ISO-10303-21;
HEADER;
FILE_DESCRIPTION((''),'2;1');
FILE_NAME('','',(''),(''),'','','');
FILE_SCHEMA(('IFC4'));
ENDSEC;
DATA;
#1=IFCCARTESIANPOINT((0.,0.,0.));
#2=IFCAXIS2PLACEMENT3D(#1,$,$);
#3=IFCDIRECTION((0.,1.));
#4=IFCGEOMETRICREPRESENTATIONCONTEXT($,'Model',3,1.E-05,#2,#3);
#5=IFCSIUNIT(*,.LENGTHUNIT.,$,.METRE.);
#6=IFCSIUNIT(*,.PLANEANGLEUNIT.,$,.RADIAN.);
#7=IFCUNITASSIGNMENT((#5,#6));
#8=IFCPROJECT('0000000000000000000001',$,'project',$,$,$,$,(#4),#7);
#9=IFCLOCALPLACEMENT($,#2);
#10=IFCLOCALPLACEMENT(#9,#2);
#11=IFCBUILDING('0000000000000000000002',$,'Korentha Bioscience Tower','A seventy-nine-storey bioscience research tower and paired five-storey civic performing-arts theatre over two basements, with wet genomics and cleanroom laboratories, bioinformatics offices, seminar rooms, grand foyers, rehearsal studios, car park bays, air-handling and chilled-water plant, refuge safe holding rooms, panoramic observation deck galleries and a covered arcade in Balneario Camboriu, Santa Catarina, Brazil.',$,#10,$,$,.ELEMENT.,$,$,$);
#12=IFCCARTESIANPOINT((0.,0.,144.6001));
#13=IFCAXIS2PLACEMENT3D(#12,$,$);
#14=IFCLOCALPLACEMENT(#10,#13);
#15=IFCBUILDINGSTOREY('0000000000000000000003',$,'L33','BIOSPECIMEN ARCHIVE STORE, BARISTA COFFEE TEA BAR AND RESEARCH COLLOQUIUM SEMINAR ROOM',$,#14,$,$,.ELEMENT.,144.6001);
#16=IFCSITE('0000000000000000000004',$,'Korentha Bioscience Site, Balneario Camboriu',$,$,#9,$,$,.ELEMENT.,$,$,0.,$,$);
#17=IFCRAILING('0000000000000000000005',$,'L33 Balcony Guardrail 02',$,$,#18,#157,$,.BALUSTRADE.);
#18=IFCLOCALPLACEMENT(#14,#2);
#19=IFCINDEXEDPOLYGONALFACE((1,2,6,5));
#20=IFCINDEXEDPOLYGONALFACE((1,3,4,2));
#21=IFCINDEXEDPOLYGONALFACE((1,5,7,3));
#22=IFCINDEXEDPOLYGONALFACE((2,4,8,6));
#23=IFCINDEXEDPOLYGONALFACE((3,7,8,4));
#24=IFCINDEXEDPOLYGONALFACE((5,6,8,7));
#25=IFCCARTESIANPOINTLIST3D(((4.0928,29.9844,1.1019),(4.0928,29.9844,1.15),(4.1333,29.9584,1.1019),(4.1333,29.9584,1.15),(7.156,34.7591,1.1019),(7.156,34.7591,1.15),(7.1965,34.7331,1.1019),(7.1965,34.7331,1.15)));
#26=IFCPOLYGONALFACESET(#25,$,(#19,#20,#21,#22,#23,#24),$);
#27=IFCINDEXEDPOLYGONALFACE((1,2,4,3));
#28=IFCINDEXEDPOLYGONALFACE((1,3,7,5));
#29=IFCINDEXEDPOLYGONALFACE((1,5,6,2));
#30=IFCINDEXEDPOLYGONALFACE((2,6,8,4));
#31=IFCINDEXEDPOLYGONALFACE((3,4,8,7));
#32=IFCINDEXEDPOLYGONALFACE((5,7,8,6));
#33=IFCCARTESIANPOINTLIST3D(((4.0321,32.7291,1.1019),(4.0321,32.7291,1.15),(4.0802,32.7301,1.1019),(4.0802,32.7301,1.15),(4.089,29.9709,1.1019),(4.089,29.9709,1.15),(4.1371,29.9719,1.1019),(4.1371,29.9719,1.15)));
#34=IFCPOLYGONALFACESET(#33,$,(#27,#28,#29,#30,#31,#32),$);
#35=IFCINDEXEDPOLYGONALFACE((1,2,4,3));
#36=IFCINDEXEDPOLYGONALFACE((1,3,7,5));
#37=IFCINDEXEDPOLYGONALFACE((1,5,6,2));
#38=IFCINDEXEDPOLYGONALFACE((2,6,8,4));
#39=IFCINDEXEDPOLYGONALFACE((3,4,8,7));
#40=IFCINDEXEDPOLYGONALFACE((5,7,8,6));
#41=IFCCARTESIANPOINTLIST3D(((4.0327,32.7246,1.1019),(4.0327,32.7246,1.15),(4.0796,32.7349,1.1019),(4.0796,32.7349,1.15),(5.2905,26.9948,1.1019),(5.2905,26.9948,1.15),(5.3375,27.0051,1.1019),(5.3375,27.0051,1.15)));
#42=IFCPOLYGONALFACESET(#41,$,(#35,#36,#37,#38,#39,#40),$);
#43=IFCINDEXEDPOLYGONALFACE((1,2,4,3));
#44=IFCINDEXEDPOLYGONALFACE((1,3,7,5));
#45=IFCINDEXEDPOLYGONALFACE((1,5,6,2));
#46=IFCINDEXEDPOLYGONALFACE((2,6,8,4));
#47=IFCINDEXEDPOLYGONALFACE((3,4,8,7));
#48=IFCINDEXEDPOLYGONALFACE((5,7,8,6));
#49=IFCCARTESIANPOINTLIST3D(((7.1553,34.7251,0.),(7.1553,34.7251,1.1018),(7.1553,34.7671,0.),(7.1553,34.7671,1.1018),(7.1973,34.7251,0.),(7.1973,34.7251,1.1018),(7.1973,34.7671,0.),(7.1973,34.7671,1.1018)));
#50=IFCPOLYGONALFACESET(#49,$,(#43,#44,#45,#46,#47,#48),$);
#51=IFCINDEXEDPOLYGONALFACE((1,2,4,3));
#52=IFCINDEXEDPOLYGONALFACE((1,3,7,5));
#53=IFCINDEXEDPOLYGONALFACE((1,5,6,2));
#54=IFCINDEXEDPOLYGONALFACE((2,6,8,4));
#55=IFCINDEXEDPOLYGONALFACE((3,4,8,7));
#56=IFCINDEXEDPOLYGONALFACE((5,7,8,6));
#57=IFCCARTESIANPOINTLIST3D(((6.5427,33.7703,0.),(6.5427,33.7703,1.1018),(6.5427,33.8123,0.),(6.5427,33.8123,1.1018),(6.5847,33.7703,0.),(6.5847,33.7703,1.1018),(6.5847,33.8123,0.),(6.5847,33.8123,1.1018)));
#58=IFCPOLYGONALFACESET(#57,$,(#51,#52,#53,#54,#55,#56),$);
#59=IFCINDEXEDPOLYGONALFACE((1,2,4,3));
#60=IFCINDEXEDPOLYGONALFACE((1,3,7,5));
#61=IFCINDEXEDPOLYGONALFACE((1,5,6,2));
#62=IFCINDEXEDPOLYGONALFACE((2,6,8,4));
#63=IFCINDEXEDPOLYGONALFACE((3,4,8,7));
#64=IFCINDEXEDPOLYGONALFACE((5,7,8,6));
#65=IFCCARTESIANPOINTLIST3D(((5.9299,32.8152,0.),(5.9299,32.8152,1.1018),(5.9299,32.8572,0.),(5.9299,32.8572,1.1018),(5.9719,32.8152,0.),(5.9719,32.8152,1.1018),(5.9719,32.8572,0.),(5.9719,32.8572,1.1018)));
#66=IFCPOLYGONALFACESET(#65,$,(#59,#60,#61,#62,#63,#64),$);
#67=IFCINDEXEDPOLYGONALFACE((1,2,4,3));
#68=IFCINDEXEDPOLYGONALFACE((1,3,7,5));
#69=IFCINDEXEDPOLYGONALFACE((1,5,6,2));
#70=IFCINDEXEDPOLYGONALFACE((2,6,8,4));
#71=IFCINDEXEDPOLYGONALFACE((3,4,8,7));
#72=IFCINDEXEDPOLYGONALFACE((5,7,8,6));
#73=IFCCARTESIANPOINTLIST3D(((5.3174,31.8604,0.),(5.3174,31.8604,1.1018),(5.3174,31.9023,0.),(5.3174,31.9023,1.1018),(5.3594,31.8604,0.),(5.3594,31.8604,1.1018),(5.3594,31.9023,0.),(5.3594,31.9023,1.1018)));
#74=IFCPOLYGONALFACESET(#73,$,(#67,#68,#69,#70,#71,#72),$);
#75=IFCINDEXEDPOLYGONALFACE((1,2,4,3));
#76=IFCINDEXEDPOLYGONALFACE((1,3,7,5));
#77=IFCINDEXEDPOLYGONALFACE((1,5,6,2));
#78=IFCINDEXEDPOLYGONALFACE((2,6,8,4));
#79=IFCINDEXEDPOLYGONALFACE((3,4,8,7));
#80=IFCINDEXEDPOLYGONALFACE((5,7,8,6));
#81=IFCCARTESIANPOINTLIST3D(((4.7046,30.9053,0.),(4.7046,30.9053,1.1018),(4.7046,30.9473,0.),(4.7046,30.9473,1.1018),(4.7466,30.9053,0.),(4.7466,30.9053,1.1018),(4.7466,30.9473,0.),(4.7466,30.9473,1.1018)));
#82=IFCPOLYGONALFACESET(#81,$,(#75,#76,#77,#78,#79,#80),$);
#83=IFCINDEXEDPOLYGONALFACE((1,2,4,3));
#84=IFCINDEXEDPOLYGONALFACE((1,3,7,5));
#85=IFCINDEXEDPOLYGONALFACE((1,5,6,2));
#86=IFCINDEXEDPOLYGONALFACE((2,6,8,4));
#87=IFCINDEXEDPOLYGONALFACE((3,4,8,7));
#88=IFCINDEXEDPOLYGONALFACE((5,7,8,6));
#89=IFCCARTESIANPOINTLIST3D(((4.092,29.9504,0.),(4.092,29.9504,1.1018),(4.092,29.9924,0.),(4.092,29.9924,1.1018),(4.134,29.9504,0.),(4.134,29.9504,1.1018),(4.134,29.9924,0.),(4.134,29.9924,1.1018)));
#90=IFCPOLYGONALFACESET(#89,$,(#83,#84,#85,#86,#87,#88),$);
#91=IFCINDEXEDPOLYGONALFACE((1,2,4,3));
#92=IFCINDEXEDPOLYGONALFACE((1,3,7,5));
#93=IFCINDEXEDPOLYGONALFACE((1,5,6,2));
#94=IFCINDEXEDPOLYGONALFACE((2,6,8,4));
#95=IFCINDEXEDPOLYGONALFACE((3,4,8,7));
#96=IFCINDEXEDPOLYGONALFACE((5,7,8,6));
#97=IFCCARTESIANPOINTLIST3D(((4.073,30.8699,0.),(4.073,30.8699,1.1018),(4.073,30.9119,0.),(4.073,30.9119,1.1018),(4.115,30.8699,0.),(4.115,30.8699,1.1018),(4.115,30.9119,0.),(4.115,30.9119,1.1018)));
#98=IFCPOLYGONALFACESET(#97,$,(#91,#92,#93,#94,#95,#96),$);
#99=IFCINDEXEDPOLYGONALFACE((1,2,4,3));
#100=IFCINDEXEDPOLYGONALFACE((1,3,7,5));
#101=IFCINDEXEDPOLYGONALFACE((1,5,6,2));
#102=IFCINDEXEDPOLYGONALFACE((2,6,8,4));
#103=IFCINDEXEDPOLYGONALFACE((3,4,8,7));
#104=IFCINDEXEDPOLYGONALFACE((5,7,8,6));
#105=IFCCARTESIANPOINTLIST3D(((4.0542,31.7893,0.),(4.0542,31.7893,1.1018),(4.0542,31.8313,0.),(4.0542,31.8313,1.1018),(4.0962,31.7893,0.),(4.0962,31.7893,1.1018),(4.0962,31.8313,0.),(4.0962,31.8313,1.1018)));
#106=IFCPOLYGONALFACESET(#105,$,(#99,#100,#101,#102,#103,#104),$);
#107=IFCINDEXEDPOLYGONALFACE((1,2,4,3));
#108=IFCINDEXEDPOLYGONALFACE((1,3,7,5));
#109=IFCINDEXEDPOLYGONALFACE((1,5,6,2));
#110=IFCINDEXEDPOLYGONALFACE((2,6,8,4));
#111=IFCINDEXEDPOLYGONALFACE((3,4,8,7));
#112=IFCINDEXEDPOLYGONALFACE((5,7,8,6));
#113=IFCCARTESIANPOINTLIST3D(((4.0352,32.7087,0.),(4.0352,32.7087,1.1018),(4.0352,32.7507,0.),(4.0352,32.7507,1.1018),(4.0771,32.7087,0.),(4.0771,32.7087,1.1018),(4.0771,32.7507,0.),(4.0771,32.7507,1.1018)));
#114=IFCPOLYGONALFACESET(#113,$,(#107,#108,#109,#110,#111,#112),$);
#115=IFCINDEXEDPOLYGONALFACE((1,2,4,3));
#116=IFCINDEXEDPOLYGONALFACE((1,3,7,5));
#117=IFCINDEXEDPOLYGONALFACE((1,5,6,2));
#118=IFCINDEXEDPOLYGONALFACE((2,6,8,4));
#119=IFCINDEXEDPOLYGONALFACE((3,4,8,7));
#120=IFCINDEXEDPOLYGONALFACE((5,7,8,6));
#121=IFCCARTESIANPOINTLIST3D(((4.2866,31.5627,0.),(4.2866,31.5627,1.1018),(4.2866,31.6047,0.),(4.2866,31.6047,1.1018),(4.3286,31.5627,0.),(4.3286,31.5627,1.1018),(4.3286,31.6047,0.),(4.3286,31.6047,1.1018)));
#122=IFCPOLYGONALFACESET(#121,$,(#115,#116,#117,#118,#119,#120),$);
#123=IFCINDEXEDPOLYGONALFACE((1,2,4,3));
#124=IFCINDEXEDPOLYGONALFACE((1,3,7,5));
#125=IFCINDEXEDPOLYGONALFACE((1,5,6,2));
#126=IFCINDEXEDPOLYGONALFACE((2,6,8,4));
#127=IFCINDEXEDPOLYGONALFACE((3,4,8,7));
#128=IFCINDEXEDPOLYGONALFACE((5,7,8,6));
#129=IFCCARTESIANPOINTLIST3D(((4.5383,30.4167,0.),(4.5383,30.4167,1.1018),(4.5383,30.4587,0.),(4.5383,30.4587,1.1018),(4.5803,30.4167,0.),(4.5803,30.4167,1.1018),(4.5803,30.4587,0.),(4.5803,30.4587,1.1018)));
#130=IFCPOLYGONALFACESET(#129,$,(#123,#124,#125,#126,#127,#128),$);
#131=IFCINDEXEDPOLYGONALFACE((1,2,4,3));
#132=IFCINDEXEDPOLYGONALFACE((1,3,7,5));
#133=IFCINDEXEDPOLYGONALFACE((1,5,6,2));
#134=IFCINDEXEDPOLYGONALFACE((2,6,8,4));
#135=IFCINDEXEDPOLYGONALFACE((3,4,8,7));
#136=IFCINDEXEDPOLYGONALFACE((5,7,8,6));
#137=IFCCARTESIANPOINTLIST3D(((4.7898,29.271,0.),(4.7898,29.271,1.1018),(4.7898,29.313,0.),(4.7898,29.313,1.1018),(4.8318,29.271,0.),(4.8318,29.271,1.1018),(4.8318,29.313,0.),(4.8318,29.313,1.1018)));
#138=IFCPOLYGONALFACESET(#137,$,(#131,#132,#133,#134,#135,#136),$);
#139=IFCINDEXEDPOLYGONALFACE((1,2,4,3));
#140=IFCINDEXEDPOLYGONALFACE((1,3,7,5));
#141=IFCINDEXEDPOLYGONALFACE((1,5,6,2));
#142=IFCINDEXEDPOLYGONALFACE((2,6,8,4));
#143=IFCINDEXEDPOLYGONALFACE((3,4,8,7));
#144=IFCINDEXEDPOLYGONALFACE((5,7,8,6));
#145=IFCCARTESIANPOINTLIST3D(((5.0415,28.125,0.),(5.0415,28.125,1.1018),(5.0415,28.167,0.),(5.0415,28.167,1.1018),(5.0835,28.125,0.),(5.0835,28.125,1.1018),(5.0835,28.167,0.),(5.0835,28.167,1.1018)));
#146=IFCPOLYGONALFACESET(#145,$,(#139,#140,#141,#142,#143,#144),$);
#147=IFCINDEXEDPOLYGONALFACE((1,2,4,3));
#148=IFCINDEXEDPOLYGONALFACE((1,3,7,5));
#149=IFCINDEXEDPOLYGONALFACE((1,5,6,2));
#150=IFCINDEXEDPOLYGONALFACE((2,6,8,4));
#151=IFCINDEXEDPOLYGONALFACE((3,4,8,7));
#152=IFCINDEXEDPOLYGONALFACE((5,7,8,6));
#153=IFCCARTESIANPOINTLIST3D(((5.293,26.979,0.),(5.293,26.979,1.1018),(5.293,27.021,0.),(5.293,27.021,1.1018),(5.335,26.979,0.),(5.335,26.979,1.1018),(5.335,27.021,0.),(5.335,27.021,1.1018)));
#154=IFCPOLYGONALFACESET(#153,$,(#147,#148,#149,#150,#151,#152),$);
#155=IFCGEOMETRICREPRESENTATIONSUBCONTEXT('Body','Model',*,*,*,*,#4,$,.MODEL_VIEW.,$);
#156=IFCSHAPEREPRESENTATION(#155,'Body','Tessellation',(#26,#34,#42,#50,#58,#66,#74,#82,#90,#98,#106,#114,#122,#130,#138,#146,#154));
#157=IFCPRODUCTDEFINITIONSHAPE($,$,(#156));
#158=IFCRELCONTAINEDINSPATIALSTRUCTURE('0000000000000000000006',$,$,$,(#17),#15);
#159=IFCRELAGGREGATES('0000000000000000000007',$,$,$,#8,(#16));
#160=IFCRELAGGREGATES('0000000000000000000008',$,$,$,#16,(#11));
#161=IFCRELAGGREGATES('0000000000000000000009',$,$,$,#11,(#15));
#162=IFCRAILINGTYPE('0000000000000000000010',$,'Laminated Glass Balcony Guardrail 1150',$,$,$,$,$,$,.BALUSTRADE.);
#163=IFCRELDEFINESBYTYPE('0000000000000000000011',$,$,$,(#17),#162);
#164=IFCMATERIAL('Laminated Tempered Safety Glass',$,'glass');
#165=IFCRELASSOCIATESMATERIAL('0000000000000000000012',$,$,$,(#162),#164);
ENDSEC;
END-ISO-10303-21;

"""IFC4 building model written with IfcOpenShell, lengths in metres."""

from ifc_helpers import new_model, si_unit, direction, frame, origin, origin_2d, place, context, subcontext, project, spatial, rectangle, extrude, material, type_object, element, save


model = new_model("IFC4")

# Units and contexts
model_context = context("Model", 3, precision=1e-05, world=origin(), true_north=direction((0.0, 1.0)))
body_context = subcontext(model_context, "Body", "Model", "MODEL_VIEW")
ifc_project = project(units=[si_unit("LENGTHUNIT", "METRE"), si_unit("PLANEANGLEUNIT", "RADIAN")], contexts=[model_context])

# Site, building, storey
site_placement = place(None, origin())
site = spatial("IfcSite", under=ifc_project, at=site_placement, Name="Korentha Bioscience Site, Balneario Camboriu", CompositionType="ELEMENT", RefElevation=0.0)
building_placement = place(site_placement, origin())
building = spatial("IfcBuilding", under=site, at=building_placement, Name="Korentha Bioscience Tower", Description="A seventy-nine-storey bioscience research tower and paired five-storey civic performing-arts theatre over two basements, with wet genomics and cleanroom laboratories, bioinformatics offices, seminar rooms, grand foyers, rehearsal studios, car park bays, air-handling and chilled-water plant, refuge safe holding rooms, panoramic observation deck galleries and a covered arcade in Balneario Camboriu, Santa Catarina, Brazil.", CompositionType="ELEMENT")
storey_placement = place(building_placement, frame((0.0, 0.0, 144.6001)))
storey = spatial("IfcBuildingStorey", under=building, at=storey_placement, Name="L33", Description="BIOSPECIMEN ARCHIVE STORE, BARISTA COFFEE TEA BAR AND RESEARCH COLLOQUIUM SEMINAR ROOM", CompositionType="ELEMENT", Elevation=144.6001)

# Railing
ifc_material_1 = material(Name="Laminated Tempered Safety Glass", Category="glass")
railing_type = type_object("IfcRailingType", Name="Laminated Glass Balcony Guardrail 1150", PredefinedType="BALUSTRADE", material=ifc_material_1)
railing_placement = place(storey_placement, frame((7.1763, 34.7461, 0.0)))
element("IfcRailing", 1, at=railing_placement, inside=storey, type_object=railing_type, Name="L33 Balcony Guardrail 02", PredefinedType="BALUSTRADE", context=body_context, shape_type="SweptSolid", body=[
    extrude(rectangle(XDim=0.0481, YDim=0.0481, at=origin_2d()), frame((0.0, 0.0, 1.126), z_axis=(-0.539985, -0.841675, 0.0), x_axis=(0.841675, -0.539985, 0.0)), (0.0, 0.0, 1.0), 5.6729),
    extrude(rectangle(XDim=0.0481, YDim=0.0481, at=origin_2d()), frame((-3.0632, -4.7747, 1.126), z_axis=(-0.020619, 0.999787, 0.0), x_axis=(-0.999787, -0.020619, 0.0)), (0.0, 0.0, 1.0), 2.7588),
    extrude(rectangle(XDim=0.0481, YDim=0.0481, at=origin_2d()), frame((-3.1201, -2.0164, 1.126), z_axis=(0.214418, -0.976742, 0.0), x_axis=(0.976742, 0.214418, 0.0)), (0.0, 0.0, 1.0), 5.8662),
    extrude(rectangle(XDim=0.042, YDim=0.042, at=origin_2d()), origin(), (0.0, 0.0, 1.0), 1.1018),
    extrude(rectangle(XDim=0.042, YDim=0.042, at=origin_2d()), frame((-0.6125, -0.9548, 0.0)), (0.0, 0.0, 1.0), 1.1018),
    extrude(rectangle(XDim=0.042, YDim=0.042, at=origin_2d()), frame((-1.2253, -1.9099, 0.0)), (0.0, 0.0, 1.0), 1.1018),
    extrude(rectangle(XDim=0.042, YDim=0.042, at=origin_2d()), frame((-1.8379, -2.8647, 0.0)), (0.0, 0.0, 1.0), 1.1018),
    extrude(rectangle(XDim=0.042, YDim=0.042, at=origin_2d()), frame((-2.4507, -3.8198, 0.0)), (0.0, 0.0, 1.0), 1.1018),
    extrude(rectangle(XDim=0.042, YDim=0.042, at=origin_2d()), frame((-3.0632, -4.7747, 0.0)), (0.0, 0.0, 1.0), 1.1018),
    extrude(rectangle(XDim=0.042, YDim=0.042, at=origin_2d()), frame((-3.0823, -3.8552, 0.0)), (0.0, 0.0, 1.0), 1.1018),
    extrude(rectangle(XDim=0.042, YDim=0.042, at=origin_2d()), frame((-3.1011, -2.9358, 0.0)), (0.0, 0.0, 1.0), 1.1018),
    extrude(rectangle(XDim=0.042, YDim=0.042, at=origin_2d()), frame((-3.1201, -2.0164, 0.0)), (0.0, 0.0, 1.0), 1.1018),
    extrude(rectangle(XDim=0.042, YDim=0.042, at=origin_2d()), frame((-2.8687, -3.1624, 0.0)), (0.0, 0.0, 1.0), 1.1018),
    extrude(rectangle(XDim=0.042, YDim=0.042, at=origin_2d()), frame((-2.6169, -4.3083, 0.0)), (0.0, 0.0, 1.0), 1.1018),
    extrude(rectangle(XDim=0.042, YDim=0.042, at=origin_2d()), frame((-2.3655, -5.4541, 0.0)), (0.0, 0.0, 1.0), 1.1018),
    extrude(rectangle(XDim=0.042, YDim=0.042, at=origin_2d()), frame((-2.1138, -6.6001, 0.0)), (0.0, 0.0, 1.0), 1.1018),
    extrude(rectangle(XDim=0.042, YDim=0.042, at=origin_2d()), frame((-1.8623, -7.7461, 0.0)), (0.0, 0.0, 1.0), 1.1018),
])

save(model, "model.ifc")
